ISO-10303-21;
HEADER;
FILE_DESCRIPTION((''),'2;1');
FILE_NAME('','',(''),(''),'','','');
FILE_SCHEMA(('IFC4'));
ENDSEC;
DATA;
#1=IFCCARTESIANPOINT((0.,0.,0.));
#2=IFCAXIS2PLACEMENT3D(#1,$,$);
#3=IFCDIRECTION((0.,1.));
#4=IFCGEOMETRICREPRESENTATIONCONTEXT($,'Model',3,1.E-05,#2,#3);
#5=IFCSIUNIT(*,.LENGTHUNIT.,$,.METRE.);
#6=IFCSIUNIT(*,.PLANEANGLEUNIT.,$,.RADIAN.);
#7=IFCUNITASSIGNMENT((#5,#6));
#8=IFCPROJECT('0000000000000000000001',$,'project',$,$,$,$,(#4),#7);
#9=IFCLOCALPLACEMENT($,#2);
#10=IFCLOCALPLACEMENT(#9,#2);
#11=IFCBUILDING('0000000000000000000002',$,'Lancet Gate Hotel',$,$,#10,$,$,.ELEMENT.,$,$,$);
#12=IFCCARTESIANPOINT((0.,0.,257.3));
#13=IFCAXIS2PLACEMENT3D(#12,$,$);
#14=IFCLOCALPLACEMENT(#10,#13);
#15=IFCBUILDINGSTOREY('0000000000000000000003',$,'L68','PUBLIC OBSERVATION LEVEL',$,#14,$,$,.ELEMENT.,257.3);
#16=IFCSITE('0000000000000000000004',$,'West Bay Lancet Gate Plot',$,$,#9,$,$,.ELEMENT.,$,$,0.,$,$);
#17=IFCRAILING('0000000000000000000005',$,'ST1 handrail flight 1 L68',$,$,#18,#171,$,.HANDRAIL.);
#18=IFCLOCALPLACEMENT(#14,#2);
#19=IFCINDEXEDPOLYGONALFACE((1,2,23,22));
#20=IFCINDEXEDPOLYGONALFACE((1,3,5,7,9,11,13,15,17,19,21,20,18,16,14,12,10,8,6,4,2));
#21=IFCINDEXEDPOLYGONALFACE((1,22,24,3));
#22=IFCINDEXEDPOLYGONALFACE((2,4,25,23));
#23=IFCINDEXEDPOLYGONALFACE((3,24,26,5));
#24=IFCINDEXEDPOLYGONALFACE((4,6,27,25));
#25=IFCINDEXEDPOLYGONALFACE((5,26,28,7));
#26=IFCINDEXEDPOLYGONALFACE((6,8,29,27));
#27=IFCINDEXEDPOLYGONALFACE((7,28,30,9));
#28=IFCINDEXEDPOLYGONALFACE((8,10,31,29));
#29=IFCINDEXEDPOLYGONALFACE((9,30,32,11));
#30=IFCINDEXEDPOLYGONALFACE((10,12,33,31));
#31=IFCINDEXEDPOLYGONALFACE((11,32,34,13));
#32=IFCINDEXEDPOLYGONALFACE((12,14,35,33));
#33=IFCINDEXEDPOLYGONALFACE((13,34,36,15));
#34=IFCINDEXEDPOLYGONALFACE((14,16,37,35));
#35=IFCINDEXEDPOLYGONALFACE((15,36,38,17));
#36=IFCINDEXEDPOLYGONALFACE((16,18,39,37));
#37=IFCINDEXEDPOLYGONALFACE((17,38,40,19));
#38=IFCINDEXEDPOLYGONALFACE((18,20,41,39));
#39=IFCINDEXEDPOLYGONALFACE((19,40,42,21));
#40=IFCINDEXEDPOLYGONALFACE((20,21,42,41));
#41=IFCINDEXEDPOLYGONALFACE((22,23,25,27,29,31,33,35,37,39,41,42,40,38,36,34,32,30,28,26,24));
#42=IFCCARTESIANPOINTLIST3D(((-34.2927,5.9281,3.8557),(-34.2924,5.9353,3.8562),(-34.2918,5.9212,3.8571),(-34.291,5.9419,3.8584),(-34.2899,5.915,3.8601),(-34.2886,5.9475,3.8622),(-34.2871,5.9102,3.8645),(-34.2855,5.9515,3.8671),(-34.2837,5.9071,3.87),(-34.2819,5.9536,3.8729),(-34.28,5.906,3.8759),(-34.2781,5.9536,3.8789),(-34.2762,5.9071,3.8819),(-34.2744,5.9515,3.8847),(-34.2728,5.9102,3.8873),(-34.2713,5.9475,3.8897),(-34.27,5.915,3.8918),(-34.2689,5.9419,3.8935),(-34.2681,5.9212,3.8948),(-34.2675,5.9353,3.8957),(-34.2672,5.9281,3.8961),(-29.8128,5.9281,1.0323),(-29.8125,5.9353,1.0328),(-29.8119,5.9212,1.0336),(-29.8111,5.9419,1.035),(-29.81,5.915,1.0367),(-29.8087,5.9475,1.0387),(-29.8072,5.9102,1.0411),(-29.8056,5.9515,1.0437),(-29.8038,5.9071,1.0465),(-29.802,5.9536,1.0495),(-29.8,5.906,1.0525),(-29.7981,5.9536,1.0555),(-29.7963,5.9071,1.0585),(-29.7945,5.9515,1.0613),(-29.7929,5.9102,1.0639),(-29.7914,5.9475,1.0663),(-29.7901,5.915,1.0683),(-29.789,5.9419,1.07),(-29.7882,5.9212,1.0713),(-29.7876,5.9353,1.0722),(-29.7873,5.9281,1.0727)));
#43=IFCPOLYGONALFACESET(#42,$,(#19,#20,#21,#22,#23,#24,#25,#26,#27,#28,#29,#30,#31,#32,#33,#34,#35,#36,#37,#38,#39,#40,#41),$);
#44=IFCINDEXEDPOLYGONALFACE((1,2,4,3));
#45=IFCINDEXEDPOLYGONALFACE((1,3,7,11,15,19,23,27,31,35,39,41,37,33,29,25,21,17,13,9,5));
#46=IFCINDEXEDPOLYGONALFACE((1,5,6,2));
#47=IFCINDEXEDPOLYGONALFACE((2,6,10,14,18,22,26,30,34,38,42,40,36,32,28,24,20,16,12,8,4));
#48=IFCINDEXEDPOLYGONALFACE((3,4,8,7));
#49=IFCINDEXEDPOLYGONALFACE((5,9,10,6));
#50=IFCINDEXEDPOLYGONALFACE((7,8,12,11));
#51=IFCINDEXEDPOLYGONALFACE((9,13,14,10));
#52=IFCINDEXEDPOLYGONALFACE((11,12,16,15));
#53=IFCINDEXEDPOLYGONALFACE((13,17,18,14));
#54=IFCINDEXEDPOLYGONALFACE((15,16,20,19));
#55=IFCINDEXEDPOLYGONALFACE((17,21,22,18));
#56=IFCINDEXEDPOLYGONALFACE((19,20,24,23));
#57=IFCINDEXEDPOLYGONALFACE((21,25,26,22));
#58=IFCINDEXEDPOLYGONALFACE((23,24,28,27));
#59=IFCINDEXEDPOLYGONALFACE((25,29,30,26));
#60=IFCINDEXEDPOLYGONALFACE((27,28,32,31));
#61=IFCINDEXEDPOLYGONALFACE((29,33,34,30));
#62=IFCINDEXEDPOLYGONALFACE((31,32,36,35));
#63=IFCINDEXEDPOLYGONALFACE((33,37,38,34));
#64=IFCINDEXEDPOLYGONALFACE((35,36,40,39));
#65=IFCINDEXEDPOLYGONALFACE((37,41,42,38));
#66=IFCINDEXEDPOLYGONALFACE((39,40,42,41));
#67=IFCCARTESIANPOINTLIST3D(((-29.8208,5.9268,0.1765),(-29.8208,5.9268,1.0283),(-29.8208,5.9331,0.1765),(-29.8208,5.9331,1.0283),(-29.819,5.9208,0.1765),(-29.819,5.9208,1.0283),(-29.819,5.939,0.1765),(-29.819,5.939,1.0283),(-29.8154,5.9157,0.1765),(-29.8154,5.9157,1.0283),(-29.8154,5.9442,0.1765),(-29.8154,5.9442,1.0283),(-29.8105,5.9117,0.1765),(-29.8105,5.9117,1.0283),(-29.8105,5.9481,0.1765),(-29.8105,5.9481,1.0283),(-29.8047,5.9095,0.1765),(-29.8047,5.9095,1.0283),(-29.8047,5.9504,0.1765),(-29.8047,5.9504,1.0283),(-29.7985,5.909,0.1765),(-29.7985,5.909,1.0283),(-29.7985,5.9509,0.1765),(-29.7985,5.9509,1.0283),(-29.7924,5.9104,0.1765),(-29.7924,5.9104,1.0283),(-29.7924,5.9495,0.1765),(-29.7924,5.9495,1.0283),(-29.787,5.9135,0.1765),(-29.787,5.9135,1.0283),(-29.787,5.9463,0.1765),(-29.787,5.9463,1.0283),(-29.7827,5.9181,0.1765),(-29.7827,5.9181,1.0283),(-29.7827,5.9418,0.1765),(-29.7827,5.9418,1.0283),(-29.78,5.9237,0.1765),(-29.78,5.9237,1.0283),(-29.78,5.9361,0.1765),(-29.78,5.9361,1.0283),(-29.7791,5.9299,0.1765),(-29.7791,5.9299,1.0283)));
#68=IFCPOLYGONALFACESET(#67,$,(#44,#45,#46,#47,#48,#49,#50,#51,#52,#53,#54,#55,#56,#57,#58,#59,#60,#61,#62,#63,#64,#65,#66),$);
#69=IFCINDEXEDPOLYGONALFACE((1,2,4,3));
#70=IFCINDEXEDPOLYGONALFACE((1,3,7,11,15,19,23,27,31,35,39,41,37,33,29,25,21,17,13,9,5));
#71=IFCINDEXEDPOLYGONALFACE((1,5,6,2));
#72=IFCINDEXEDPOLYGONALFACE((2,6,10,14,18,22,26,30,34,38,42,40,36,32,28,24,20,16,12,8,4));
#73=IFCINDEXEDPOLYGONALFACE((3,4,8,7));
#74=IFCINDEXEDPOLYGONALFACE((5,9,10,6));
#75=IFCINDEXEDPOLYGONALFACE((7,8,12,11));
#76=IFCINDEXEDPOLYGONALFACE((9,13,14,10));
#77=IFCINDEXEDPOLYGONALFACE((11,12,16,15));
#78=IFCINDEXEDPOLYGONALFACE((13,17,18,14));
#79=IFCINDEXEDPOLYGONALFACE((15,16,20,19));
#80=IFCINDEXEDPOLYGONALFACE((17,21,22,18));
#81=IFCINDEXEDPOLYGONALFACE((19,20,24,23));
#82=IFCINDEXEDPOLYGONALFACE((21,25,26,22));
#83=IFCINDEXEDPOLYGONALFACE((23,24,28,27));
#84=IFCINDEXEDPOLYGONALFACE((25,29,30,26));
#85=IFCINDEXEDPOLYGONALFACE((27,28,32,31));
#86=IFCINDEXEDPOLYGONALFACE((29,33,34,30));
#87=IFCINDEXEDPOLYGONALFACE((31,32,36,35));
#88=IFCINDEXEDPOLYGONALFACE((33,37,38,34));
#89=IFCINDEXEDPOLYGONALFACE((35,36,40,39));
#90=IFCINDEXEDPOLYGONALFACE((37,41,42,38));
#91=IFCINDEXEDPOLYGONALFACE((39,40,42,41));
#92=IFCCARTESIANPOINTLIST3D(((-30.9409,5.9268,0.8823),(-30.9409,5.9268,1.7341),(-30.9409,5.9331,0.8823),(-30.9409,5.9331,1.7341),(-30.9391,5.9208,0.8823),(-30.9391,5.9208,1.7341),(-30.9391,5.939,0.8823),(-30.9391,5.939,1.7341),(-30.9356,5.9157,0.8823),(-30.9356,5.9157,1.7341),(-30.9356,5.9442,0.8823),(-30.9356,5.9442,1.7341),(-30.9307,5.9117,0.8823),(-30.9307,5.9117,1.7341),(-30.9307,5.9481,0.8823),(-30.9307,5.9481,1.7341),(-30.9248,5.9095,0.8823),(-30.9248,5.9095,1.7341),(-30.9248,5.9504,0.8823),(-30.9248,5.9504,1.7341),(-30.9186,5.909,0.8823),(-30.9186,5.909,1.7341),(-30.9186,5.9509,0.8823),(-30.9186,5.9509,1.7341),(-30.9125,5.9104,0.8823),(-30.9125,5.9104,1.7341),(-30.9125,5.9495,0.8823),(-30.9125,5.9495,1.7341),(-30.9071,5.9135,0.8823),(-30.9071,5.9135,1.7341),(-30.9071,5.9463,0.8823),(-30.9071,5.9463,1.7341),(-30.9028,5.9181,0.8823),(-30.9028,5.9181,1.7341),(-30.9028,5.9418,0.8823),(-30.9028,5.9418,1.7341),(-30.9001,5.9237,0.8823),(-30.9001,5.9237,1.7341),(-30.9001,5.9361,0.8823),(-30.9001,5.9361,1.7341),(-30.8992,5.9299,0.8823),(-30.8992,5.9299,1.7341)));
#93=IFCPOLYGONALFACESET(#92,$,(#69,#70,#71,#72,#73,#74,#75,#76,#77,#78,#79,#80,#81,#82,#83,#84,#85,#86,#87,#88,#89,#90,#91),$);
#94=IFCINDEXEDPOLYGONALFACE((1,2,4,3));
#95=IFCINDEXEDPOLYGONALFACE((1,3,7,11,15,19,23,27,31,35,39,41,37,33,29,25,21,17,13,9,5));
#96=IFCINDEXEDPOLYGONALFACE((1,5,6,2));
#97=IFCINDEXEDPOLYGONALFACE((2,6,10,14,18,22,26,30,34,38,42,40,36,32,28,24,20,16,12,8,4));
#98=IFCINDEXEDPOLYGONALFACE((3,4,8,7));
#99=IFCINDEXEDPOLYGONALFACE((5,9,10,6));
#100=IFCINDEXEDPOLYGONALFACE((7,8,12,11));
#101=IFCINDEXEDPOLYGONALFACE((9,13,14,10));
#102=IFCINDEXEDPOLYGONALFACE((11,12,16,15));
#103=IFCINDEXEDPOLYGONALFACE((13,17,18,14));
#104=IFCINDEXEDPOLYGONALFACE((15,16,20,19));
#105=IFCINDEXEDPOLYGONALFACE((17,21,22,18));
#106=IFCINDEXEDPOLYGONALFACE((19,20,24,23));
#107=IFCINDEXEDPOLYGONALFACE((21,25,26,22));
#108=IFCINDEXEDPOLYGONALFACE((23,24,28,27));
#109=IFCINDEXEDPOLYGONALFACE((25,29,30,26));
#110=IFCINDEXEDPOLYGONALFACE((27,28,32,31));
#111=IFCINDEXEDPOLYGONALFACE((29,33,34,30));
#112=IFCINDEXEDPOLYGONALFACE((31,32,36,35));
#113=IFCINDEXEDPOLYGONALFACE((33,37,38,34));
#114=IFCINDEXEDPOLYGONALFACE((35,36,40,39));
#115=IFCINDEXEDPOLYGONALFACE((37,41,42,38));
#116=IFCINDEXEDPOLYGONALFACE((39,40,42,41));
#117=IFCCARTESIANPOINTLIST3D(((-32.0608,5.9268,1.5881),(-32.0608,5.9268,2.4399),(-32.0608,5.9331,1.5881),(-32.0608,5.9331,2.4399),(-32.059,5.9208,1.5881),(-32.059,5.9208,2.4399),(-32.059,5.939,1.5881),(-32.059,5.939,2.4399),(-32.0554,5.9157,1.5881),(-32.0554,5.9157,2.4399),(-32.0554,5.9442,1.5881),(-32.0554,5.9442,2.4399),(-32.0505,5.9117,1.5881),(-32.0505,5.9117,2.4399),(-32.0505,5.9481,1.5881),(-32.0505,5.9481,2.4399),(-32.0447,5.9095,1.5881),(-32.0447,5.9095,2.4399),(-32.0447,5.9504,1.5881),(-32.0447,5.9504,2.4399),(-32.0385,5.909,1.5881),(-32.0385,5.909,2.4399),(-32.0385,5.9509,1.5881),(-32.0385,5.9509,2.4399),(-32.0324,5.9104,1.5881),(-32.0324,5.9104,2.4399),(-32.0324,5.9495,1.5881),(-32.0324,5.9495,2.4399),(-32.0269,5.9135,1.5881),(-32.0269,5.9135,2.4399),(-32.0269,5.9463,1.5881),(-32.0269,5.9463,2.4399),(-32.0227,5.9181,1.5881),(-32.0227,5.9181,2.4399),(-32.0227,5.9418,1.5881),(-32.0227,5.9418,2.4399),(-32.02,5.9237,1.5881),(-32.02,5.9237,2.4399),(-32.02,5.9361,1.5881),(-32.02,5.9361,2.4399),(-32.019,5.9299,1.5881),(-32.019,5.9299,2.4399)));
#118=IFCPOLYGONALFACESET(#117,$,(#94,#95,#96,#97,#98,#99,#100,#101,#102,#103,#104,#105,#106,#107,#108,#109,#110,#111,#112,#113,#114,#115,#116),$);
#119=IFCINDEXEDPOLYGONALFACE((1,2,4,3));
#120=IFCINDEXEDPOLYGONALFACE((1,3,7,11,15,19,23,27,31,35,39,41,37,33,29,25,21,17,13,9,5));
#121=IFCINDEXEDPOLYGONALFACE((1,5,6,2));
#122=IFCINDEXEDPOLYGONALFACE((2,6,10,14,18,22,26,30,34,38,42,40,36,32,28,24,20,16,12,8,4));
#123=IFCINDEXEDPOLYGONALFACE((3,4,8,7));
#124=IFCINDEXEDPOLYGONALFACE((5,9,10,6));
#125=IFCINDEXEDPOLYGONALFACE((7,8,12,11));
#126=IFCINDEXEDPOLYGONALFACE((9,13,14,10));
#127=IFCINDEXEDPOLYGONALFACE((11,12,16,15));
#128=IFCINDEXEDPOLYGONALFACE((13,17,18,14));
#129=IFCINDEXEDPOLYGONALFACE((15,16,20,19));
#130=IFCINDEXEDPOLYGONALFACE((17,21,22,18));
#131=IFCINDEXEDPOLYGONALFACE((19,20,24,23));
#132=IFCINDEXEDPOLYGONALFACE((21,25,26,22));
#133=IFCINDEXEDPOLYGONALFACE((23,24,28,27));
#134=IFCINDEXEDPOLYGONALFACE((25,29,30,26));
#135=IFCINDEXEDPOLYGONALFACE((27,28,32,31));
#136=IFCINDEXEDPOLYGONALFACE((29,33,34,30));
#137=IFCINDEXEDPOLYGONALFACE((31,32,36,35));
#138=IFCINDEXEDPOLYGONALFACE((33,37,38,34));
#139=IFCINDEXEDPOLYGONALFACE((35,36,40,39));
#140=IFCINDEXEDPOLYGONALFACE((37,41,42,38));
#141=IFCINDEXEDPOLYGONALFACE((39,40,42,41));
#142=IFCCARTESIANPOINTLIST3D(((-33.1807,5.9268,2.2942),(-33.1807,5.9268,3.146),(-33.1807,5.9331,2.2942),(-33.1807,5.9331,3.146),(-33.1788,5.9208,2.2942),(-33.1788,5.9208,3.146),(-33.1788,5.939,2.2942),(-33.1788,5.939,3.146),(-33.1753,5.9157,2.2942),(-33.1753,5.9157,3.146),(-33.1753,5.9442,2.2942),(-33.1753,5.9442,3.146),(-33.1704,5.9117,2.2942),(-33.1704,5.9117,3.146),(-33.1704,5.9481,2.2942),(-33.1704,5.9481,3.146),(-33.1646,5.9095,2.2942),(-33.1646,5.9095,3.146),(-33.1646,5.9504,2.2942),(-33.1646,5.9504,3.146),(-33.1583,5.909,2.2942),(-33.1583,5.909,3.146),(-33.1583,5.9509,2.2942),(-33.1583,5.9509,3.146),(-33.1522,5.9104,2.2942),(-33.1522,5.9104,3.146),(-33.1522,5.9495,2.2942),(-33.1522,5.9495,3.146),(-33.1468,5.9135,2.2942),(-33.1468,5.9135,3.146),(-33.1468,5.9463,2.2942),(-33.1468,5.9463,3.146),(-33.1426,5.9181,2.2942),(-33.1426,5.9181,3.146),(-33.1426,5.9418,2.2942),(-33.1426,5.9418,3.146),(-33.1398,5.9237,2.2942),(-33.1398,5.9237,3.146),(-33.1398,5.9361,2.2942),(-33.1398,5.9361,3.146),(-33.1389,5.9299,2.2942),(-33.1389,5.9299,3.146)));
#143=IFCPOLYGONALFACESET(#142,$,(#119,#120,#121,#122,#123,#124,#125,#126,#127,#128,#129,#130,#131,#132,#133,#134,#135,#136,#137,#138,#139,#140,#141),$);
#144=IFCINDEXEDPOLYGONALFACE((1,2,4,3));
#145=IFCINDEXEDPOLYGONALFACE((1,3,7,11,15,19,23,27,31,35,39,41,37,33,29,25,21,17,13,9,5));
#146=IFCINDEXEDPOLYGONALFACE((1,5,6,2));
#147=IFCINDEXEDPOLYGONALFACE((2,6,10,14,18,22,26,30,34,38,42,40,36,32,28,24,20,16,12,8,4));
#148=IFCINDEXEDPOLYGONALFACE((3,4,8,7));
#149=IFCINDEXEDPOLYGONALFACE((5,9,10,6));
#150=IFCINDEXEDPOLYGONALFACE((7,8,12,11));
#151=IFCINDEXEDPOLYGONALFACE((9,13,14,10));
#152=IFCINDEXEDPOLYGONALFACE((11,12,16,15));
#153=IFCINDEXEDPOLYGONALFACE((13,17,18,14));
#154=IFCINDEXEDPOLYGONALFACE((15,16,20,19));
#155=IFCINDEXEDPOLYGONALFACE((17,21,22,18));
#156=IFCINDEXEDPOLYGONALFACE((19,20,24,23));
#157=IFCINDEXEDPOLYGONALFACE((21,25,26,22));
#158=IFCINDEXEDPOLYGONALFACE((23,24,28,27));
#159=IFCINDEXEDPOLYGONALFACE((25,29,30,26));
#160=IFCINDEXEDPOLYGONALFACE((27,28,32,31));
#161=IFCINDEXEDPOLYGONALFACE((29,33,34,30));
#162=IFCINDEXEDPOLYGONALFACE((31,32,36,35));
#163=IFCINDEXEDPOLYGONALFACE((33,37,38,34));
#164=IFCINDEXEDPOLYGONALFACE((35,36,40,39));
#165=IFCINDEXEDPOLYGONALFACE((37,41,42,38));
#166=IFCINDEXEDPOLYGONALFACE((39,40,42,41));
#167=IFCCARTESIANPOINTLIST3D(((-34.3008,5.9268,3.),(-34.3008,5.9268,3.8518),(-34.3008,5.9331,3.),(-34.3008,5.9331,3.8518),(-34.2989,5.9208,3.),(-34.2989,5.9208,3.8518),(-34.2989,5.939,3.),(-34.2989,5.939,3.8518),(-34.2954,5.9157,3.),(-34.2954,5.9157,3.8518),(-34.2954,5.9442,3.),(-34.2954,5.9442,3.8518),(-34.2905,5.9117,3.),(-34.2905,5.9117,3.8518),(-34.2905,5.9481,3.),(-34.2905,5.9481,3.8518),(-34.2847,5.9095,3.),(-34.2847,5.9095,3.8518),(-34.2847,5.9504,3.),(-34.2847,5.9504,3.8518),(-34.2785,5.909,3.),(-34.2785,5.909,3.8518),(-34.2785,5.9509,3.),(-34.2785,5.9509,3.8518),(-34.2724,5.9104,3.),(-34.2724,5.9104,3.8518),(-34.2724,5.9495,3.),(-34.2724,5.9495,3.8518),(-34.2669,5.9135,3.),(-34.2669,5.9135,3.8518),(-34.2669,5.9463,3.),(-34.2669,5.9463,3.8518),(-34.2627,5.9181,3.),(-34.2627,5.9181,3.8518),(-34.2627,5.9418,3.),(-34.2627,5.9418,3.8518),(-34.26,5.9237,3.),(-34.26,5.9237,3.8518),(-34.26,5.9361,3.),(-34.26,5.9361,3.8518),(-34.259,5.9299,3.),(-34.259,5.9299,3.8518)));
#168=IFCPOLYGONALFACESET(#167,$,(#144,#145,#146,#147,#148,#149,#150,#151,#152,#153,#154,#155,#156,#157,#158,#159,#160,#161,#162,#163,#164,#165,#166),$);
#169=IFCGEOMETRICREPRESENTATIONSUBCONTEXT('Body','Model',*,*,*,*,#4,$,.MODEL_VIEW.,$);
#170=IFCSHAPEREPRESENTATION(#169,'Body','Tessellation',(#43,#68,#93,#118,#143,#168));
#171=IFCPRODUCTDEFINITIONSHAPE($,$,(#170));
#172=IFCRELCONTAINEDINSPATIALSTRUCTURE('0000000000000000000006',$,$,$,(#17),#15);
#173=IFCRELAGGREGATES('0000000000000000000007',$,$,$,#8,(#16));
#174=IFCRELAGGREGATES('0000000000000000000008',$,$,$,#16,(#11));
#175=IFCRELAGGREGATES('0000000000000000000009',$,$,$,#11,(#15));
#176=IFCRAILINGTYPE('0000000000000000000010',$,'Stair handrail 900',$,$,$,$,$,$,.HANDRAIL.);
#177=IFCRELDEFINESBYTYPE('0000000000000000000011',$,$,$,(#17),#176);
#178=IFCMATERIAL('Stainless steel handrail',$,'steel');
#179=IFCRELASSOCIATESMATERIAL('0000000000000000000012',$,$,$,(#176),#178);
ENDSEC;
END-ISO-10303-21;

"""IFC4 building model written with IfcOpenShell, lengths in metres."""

from ifc_helpers import new_model, si_unit, direction, frame, origin, origin_2d, place, context, subcontext, project, spatial, circle, extrude, material, type_object, element, save


model = new_model("IFC4")

# Units and contexts
model_context = context("Model", 3, precision=1e-05, world=origin(), true_north=direction((0.0, 1.0)))
body_context = subcontext(model_context, "Body", "Model", "MODEL_VIEW")
ifc_project = project(units=[si_unit("LENGTHUNIT", "METRE"), si_unit("PLANEANGLEUNIT", "RADIAN")], contexts=[model_context])

# Site, building, storey
site_placement = place(None, origin())
site = spatial("IfcSite", under=ifc_project, at=site_placement, Name="West Bay Lancet Gate Plot", CompositionType="ELEMENT", RefElevation=0.0)
building_placement = place(site_placement, origin())
building = spatial("IfcBuilding", under=site, at=building_placement, Name="Lancet Gate Hotel", CompositionType="ELEMENT")
storey_placement = place(building_placement, frame((0.0, 0.0, 257.3)))
storey = spatial("IfcBuildingStorey", under=building, at=storey_placement, Name="L68", Description="PUBLIC OBSERVATION LEVEL", CompositionType="ELEMENT", Elevation=257.3)

# Railing
ifc_material_1 = material(Name="Stainless steel handrail", Category="steel")
railing_type = type_object("IfcRailingType", Name="Stair handrail 900", PredefinedType="HANDRAIL", material=ifc_material_1)
railing_1_placement = place(storey_placement, frame((-29.8, 5.9299, 0.1765)))
element("IfcRailing", 1, at=railing_1_placement, inside=storey, type_object=railing_type, Name="ST1 handrail flight 1 L68", PredefinedType="HANDRAIL", context=body_context, shape_type="SweptSolid", body=[
    extrude(circle(Radius=0.0239, at=origin_2d()), frame((0.0, 0.0, 0.876), z_axis=(-0.845998, 0.0, 0.533186), x_axis=(0.0, -1.0, 0.0)), (0.0, 0.0, 1.0), 5.2954),
    extrude(circle(Radius=0.021, at=origin_2d()), origin(), (0.0, 0.0, 1.0), 0.8518),
    extrude(circle(Radius=0.021, at=origin_2d()), frame((-1.1201, 0.0, 0.7058)), (0.0, 0.0, 1.0), 0.8518),
    extrude(circle(Radius=0.021, at=origin_2d()), frame((-2.24, 0.0, 1.4116)), (0.0, 0.0, 1.0), 0.8518),
    extrude(circle(Radius=0.021, at=origin_2d()), frame((-3.3599, 0.0, 2.1177)), (0.0, 0.0, 1.0), 0.8518),
    extrude(circle(Radius=0.021, at=origin_2d()), frame((-4.48, 0.0, 2.8235)), (0.0, 0.0, 1.0), 0.8518),
])

save(model, "model.ifc")
